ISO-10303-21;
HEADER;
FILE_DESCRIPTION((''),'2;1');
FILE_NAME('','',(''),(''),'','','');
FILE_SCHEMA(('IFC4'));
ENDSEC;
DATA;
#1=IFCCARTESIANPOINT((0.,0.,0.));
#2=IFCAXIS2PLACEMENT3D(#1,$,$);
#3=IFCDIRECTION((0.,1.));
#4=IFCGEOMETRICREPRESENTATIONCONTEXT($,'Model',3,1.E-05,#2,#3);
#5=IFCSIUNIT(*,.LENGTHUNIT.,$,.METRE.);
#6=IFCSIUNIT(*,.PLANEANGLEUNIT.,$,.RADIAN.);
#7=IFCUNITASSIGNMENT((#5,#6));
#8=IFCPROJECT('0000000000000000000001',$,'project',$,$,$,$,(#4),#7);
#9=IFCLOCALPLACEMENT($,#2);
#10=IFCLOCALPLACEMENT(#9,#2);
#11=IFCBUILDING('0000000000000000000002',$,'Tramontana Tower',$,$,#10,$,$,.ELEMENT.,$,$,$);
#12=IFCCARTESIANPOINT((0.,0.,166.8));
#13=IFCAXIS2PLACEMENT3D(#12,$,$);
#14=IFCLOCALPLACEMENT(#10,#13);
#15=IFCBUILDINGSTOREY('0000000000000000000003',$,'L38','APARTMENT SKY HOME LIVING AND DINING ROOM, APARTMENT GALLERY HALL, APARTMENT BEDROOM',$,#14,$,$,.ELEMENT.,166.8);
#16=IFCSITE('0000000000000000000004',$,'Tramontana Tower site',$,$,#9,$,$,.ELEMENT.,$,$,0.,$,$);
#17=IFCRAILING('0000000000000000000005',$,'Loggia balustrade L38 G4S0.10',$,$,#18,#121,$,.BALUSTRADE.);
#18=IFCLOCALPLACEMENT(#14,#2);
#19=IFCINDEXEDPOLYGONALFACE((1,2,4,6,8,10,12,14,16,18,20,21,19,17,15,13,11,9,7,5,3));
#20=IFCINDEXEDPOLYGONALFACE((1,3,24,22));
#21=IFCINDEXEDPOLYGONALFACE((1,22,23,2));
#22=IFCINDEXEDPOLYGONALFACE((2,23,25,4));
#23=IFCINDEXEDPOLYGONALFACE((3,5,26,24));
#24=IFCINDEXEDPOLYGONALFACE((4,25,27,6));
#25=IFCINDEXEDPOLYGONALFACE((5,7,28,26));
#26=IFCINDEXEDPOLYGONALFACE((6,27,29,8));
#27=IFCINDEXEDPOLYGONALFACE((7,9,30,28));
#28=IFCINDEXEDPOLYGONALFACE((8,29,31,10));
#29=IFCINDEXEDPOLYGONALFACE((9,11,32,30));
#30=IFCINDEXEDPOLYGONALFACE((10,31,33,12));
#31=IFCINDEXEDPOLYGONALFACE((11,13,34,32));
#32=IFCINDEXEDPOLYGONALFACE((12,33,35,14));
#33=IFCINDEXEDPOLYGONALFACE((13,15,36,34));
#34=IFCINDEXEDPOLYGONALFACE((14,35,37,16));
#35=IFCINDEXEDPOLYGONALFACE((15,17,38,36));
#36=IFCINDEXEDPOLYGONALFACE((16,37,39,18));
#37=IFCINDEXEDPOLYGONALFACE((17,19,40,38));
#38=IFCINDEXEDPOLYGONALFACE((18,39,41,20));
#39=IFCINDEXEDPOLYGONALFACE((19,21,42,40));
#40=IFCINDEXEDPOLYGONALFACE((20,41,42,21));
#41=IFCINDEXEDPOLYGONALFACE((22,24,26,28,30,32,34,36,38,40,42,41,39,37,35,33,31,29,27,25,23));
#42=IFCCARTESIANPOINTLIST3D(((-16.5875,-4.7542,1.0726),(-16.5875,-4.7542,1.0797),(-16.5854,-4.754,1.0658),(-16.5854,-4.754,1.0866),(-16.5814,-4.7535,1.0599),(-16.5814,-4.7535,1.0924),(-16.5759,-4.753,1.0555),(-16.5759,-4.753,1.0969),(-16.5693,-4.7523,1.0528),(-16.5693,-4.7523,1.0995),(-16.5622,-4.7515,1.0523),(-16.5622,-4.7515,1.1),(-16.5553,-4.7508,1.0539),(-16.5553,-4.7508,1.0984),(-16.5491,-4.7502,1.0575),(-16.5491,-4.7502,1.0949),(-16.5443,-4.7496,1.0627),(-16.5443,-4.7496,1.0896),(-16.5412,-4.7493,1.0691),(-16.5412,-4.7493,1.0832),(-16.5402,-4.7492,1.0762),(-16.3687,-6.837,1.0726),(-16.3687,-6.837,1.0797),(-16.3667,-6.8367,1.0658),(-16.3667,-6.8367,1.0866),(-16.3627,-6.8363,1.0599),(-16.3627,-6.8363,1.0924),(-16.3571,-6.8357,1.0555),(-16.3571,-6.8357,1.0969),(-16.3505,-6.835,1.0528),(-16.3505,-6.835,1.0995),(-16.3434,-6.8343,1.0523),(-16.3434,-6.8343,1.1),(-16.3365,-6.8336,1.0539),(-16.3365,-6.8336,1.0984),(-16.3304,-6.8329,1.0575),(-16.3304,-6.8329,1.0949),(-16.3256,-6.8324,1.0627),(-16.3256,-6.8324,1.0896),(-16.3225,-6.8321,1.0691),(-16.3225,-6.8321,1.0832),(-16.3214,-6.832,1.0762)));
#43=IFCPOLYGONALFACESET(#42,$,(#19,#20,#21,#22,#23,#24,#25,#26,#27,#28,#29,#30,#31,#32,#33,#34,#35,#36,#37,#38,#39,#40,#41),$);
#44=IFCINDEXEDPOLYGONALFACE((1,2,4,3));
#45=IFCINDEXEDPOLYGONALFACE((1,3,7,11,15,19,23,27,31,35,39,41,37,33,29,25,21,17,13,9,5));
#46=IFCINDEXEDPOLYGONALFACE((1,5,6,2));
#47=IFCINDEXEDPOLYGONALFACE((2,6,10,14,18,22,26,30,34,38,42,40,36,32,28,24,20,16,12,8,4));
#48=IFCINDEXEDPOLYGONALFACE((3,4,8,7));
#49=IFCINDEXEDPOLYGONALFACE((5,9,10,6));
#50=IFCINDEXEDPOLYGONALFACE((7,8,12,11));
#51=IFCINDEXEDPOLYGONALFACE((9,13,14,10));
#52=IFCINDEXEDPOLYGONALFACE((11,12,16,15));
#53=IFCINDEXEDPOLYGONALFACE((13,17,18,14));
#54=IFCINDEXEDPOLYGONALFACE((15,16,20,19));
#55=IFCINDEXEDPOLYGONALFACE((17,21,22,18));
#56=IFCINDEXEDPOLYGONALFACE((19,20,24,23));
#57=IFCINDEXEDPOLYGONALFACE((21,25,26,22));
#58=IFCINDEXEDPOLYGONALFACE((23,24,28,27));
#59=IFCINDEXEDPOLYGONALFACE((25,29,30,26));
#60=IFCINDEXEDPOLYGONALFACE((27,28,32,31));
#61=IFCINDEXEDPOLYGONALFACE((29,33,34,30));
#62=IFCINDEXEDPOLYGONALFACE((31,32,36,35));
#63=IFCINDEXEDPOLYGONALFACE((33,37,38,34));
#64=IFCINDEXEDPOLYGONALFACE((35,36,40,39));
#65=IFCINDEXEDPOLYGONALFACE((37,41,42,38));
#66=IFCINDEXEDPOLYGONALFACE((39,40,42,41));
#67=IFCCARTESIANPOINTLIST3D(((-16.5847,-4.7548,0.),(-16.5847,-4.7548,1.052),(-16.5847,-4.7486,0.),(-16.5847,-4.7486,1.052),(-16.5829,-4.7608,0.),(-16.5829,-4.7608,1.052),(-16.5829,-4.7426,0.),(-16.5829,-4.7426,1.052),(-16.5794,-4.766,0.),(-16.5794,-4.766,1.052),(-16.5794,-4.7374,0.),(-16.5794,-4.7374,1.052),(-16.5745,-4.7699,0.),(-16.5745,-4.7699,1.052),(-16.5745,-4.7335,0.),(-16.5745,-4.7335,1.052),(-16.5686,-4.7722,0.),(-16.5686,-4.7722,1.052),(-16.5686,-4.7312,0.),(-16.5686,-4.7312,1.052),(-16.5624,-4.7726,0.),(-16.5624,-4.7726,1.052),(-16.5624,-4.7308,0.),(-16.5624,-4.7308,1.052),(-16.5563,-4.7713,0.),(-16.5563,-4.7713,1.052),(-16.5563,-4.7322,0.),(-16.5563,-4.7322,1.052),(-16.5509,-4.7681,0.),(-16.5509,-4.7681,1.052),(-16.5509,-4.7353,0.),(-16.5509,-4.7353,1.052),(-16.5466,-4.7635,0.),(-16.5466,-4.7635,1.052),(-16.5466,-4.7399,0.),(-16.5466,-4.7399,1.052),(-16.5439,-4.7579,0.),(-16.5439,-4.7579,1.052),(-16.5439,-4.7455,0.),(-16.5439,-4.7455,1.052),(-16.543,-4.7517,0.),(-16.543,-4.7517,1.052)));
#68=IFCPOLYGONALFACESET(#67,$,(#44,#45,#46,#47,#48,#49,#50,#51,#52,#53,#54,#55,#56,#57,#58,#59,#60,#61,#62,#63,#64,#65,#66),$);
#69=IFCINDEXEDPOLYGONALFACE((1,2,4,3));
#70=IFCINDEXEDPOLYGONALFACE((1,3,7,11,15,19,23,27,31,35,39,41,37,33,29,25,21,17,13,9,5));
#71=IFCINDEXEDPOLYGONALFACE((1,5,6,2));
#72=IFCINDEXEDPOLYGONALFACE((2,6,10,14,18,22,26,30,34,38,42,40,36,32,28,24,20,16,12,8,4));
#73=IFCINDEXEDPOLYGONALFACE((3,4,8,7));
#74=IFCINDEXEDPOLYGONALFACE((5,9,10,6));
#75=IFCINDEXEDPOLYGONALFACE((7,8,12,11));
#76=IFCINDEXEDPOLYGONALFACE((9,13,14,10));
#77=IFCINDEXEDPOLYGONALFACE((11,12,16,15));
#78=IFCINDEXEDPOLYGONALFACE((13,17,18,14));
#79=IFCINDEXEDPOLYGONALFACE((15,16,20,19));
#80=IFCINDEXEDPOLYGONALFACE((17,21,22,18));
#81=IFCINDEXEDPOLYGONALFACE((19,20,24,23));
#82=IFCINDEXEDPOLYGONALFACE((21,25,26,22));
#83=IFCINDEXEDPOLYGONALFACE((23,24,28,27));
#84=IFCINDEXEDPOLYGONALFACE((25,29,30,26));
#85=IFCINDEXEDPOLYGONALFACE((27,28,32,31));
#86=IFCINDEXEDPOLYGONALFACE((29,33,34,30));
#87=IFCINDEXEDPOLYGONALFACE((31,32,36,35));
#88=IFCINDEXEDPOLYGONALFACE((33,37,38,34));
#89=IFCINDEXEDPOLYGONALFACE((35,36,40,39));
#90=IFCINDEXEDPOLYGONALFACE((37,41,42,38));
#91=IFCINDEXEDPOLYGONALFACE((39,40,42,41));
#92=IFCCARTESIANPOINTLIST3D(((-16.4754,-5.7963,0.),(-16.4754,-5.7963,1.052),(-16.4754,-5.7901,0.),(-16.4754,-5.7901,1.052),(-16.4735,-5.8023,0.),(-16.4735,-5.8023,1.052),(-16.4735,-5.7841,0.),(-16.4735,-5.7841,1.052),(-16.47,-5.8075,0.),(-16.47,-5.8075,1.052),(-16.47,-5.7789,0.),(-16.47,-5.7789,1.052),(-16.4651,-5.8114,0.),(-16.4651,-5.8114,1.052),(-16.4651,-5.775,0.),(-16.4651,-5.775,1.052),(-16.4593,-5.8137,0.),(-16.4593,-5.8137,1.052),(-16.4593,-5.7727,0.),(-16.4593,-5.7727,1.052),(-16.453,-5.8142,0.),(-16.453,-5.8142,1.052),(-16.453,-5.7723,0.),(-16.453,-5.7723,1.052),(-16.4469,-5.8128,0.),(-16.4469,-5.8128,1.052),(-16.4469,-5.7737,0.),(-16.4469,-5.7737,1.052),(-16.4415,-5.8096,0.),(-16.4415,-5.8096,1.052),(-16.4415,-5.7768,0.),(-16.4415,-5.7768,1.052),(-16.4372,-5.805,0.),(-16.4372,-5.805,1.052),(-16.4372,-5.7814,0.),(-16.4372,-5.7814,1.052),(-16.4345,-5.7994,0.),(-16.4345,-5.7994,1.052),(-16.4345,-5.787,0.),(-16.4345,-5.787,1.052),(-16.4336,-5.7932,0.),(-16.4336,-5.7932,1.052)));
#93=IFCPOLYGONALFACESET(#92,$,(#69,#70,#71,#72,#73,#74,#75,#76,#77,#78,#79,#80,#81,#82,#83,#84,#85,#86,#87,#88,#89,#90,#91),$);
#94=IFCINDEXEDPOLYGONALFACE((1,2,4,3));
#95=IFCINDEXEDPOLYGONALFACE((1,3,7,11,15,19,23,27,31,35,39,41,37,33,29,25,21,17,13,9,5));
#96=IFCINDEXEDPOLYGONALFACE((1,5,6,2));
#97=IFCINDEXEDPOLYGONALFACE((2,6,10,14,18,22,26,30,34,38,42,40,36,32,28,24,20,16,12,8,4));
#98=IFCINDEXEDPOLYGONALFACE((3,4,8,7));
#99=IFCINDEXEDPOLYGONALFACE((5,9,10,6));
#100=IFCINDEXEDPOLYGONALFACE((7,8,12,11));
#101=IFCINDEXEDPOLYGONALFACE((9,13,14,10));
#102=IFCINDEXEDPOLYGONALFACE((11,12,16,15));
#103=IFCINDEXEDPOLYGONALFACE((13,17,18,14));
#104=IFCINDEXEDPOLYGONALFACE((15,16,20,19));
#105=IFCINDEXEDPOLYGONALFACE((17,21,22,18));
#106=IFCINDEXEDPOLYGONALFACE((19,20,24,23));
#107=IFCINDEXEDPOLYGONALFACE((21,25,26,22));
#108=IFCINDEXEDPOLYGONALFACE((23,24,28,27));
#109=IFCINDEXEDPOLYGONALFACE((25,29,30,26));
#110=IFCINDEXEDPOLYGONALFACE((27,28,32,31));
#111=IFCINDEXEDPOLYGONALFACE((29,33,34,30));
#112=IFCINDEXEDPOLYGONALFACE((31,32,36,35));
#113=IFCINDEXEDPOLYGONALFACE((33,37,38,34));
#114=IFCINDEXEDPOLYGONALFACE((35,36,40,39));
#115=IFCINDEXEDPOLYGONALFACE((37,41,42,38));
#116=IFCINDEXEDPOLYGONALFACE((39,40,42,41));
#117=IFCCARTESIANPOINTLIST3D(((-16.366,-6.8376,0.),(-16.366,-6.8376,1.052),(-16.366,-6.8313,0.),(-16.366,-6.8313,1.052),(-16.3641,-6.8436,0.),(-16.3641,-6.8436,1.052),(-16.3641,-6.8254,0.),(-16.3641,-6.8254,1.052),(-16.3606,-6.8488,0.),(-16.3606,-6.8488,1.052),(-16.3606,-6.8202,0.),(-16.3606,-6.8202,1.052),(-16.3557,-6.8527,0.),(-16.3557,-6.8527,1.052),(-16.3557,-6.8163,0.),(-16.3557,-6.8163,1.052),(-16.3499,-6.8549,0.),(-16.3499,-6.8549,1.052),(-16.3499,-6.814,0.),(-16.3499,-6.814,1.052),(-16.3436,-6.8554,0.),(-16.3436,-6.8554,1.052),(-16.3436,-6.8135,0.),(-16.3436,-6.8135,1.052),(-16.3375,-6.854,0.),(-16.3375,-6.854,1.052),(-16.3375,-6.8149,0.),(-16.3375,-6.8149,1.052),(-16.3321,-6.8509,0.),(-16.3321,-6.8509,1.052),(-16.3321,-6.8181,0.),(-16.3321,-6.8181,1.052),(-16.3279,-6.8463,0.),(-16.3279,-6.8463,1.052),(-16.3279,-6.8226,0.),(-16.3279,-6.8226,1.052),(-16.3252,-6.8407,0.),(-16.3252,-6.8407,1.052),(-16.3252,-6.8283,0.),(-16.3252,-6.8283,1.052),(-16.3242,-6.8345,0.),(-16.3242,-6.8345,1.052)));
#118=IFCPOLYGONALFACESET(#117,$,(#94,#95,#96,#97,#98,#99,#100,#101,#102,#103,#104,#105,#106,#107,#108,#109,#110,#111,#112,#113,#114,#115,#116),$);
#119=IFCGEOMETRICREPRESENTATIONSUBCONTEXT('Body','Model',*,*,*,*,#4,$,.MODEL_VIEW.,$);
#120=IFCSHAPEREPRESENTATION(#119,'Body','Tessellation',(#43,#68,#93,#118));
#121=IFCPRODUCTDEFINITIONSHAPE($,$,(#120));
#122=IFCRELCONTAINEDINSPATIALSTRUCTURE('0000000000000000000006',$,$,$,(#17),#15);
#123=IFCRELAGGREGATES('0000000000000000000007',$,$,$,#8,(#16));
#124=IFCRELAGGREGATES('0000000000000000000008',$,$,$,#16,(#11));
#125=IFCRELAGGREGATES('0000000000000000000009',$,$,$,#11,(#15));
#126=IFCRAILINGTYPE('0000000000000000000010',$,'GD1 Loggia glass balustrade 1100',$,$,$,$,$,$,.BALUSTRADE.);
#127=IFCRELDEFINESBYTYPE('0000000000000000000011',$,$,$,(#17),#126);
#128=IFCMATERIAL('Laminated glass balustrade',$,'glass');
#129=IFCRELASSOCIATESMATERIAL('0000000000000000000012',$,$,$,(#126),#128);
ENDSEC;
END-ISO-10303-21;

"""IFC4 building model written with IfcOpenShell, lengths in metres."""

from ifc_helpers import new_model, si_unit, direction, frame, origin, origin_2d, place, context, subcontext, project, spatial, circle, extrude, material, type_object, element, save


model = new_model("IFC4")

# Units and contexts
model_context = context("Model", 3, precision=1e-05, world=origin(), true_north=direction((0.0, 1.0)))
body_context = subcontext(model_context, "Body", "Model", "MODEL_VIEW")
ifc_project = project(units=[si_unit("LENGTHUNIT", "METRE"), si_unit("PLANEANGLEUNIT", "RADIAN")], contexts=[model_context])

# Site, building, storey
site_placement = place(None, origin())
site = spatial("IfcSite", under=ifc_project, at=site_placement, Name="Tramontana Tower site", CompositionType="ELEMENT", RefElevation=0.0)
building_placement = place(site_placement, origin())
building = spatial("IfcBuilding", under=site, at=building_placement, Name="Tramontana Tower", CompositionType="ELEMENT")
storey_placement = place(building_placement, frame((0.0, 0.0, 166.8)))
storey = spatial("IfcBuildingStorey", under=building, at=storey_placement, Name="L38", Description="APARTMENT SKY HOME LIVING AND DINING ROOM, APARTMENT GALLERY HALL, APARTMENT BEDROOM", CompositionType="ELEMENT", Elevation=166.8)

# Railing
ifc_material_1 = material(Name="Laminated glass balustrade", Category="glass")
railing_type = type_object("IfcRailingType", Name="GD1 Loggia glass balustrade 1100", PredefinedType="BALUSTRADE", material=ifc_material_1)
railing_placement = place(storey_placement, frame((-16.564, -4.7517, 0.0)))
element("IfcRailing", 1, at=railing_placement, inside=storey, type_object=railing_type, Name="Loggia balustrade L38 G4S0.10", PredefinedType="BALUSTRADE", context=body_context, shape_type="SweptSolid", body=[
    extrude(circle(Radius=0.0239, at=origin_2d()), frame((0.0, 0.0, 1.0762), z_axis=(0.104454, -0.99453, 0.0), x_axis=(0.99453, 0.104454, 0.0)), (0.0, 0.0, 1.0), 2.0942),
    extrude(circle(Radius=0.021, at=origin_2d()), origin(), (0.0, 0.0, 1.0), 1.052),
    extrude(circle(Radius=0.021, at=origin_2d()), frame((0.1094, -1.0415, 0.0)), (0.0, 0.0, 1.0), 1.052),
    extrude(circle(Radius=0.021, at=origin_2d()), frame((0.2188, -2.0828, 0.0)), (0.0, 0.0, 1.0), 1.052),
])

save(model, "model.ifc")
